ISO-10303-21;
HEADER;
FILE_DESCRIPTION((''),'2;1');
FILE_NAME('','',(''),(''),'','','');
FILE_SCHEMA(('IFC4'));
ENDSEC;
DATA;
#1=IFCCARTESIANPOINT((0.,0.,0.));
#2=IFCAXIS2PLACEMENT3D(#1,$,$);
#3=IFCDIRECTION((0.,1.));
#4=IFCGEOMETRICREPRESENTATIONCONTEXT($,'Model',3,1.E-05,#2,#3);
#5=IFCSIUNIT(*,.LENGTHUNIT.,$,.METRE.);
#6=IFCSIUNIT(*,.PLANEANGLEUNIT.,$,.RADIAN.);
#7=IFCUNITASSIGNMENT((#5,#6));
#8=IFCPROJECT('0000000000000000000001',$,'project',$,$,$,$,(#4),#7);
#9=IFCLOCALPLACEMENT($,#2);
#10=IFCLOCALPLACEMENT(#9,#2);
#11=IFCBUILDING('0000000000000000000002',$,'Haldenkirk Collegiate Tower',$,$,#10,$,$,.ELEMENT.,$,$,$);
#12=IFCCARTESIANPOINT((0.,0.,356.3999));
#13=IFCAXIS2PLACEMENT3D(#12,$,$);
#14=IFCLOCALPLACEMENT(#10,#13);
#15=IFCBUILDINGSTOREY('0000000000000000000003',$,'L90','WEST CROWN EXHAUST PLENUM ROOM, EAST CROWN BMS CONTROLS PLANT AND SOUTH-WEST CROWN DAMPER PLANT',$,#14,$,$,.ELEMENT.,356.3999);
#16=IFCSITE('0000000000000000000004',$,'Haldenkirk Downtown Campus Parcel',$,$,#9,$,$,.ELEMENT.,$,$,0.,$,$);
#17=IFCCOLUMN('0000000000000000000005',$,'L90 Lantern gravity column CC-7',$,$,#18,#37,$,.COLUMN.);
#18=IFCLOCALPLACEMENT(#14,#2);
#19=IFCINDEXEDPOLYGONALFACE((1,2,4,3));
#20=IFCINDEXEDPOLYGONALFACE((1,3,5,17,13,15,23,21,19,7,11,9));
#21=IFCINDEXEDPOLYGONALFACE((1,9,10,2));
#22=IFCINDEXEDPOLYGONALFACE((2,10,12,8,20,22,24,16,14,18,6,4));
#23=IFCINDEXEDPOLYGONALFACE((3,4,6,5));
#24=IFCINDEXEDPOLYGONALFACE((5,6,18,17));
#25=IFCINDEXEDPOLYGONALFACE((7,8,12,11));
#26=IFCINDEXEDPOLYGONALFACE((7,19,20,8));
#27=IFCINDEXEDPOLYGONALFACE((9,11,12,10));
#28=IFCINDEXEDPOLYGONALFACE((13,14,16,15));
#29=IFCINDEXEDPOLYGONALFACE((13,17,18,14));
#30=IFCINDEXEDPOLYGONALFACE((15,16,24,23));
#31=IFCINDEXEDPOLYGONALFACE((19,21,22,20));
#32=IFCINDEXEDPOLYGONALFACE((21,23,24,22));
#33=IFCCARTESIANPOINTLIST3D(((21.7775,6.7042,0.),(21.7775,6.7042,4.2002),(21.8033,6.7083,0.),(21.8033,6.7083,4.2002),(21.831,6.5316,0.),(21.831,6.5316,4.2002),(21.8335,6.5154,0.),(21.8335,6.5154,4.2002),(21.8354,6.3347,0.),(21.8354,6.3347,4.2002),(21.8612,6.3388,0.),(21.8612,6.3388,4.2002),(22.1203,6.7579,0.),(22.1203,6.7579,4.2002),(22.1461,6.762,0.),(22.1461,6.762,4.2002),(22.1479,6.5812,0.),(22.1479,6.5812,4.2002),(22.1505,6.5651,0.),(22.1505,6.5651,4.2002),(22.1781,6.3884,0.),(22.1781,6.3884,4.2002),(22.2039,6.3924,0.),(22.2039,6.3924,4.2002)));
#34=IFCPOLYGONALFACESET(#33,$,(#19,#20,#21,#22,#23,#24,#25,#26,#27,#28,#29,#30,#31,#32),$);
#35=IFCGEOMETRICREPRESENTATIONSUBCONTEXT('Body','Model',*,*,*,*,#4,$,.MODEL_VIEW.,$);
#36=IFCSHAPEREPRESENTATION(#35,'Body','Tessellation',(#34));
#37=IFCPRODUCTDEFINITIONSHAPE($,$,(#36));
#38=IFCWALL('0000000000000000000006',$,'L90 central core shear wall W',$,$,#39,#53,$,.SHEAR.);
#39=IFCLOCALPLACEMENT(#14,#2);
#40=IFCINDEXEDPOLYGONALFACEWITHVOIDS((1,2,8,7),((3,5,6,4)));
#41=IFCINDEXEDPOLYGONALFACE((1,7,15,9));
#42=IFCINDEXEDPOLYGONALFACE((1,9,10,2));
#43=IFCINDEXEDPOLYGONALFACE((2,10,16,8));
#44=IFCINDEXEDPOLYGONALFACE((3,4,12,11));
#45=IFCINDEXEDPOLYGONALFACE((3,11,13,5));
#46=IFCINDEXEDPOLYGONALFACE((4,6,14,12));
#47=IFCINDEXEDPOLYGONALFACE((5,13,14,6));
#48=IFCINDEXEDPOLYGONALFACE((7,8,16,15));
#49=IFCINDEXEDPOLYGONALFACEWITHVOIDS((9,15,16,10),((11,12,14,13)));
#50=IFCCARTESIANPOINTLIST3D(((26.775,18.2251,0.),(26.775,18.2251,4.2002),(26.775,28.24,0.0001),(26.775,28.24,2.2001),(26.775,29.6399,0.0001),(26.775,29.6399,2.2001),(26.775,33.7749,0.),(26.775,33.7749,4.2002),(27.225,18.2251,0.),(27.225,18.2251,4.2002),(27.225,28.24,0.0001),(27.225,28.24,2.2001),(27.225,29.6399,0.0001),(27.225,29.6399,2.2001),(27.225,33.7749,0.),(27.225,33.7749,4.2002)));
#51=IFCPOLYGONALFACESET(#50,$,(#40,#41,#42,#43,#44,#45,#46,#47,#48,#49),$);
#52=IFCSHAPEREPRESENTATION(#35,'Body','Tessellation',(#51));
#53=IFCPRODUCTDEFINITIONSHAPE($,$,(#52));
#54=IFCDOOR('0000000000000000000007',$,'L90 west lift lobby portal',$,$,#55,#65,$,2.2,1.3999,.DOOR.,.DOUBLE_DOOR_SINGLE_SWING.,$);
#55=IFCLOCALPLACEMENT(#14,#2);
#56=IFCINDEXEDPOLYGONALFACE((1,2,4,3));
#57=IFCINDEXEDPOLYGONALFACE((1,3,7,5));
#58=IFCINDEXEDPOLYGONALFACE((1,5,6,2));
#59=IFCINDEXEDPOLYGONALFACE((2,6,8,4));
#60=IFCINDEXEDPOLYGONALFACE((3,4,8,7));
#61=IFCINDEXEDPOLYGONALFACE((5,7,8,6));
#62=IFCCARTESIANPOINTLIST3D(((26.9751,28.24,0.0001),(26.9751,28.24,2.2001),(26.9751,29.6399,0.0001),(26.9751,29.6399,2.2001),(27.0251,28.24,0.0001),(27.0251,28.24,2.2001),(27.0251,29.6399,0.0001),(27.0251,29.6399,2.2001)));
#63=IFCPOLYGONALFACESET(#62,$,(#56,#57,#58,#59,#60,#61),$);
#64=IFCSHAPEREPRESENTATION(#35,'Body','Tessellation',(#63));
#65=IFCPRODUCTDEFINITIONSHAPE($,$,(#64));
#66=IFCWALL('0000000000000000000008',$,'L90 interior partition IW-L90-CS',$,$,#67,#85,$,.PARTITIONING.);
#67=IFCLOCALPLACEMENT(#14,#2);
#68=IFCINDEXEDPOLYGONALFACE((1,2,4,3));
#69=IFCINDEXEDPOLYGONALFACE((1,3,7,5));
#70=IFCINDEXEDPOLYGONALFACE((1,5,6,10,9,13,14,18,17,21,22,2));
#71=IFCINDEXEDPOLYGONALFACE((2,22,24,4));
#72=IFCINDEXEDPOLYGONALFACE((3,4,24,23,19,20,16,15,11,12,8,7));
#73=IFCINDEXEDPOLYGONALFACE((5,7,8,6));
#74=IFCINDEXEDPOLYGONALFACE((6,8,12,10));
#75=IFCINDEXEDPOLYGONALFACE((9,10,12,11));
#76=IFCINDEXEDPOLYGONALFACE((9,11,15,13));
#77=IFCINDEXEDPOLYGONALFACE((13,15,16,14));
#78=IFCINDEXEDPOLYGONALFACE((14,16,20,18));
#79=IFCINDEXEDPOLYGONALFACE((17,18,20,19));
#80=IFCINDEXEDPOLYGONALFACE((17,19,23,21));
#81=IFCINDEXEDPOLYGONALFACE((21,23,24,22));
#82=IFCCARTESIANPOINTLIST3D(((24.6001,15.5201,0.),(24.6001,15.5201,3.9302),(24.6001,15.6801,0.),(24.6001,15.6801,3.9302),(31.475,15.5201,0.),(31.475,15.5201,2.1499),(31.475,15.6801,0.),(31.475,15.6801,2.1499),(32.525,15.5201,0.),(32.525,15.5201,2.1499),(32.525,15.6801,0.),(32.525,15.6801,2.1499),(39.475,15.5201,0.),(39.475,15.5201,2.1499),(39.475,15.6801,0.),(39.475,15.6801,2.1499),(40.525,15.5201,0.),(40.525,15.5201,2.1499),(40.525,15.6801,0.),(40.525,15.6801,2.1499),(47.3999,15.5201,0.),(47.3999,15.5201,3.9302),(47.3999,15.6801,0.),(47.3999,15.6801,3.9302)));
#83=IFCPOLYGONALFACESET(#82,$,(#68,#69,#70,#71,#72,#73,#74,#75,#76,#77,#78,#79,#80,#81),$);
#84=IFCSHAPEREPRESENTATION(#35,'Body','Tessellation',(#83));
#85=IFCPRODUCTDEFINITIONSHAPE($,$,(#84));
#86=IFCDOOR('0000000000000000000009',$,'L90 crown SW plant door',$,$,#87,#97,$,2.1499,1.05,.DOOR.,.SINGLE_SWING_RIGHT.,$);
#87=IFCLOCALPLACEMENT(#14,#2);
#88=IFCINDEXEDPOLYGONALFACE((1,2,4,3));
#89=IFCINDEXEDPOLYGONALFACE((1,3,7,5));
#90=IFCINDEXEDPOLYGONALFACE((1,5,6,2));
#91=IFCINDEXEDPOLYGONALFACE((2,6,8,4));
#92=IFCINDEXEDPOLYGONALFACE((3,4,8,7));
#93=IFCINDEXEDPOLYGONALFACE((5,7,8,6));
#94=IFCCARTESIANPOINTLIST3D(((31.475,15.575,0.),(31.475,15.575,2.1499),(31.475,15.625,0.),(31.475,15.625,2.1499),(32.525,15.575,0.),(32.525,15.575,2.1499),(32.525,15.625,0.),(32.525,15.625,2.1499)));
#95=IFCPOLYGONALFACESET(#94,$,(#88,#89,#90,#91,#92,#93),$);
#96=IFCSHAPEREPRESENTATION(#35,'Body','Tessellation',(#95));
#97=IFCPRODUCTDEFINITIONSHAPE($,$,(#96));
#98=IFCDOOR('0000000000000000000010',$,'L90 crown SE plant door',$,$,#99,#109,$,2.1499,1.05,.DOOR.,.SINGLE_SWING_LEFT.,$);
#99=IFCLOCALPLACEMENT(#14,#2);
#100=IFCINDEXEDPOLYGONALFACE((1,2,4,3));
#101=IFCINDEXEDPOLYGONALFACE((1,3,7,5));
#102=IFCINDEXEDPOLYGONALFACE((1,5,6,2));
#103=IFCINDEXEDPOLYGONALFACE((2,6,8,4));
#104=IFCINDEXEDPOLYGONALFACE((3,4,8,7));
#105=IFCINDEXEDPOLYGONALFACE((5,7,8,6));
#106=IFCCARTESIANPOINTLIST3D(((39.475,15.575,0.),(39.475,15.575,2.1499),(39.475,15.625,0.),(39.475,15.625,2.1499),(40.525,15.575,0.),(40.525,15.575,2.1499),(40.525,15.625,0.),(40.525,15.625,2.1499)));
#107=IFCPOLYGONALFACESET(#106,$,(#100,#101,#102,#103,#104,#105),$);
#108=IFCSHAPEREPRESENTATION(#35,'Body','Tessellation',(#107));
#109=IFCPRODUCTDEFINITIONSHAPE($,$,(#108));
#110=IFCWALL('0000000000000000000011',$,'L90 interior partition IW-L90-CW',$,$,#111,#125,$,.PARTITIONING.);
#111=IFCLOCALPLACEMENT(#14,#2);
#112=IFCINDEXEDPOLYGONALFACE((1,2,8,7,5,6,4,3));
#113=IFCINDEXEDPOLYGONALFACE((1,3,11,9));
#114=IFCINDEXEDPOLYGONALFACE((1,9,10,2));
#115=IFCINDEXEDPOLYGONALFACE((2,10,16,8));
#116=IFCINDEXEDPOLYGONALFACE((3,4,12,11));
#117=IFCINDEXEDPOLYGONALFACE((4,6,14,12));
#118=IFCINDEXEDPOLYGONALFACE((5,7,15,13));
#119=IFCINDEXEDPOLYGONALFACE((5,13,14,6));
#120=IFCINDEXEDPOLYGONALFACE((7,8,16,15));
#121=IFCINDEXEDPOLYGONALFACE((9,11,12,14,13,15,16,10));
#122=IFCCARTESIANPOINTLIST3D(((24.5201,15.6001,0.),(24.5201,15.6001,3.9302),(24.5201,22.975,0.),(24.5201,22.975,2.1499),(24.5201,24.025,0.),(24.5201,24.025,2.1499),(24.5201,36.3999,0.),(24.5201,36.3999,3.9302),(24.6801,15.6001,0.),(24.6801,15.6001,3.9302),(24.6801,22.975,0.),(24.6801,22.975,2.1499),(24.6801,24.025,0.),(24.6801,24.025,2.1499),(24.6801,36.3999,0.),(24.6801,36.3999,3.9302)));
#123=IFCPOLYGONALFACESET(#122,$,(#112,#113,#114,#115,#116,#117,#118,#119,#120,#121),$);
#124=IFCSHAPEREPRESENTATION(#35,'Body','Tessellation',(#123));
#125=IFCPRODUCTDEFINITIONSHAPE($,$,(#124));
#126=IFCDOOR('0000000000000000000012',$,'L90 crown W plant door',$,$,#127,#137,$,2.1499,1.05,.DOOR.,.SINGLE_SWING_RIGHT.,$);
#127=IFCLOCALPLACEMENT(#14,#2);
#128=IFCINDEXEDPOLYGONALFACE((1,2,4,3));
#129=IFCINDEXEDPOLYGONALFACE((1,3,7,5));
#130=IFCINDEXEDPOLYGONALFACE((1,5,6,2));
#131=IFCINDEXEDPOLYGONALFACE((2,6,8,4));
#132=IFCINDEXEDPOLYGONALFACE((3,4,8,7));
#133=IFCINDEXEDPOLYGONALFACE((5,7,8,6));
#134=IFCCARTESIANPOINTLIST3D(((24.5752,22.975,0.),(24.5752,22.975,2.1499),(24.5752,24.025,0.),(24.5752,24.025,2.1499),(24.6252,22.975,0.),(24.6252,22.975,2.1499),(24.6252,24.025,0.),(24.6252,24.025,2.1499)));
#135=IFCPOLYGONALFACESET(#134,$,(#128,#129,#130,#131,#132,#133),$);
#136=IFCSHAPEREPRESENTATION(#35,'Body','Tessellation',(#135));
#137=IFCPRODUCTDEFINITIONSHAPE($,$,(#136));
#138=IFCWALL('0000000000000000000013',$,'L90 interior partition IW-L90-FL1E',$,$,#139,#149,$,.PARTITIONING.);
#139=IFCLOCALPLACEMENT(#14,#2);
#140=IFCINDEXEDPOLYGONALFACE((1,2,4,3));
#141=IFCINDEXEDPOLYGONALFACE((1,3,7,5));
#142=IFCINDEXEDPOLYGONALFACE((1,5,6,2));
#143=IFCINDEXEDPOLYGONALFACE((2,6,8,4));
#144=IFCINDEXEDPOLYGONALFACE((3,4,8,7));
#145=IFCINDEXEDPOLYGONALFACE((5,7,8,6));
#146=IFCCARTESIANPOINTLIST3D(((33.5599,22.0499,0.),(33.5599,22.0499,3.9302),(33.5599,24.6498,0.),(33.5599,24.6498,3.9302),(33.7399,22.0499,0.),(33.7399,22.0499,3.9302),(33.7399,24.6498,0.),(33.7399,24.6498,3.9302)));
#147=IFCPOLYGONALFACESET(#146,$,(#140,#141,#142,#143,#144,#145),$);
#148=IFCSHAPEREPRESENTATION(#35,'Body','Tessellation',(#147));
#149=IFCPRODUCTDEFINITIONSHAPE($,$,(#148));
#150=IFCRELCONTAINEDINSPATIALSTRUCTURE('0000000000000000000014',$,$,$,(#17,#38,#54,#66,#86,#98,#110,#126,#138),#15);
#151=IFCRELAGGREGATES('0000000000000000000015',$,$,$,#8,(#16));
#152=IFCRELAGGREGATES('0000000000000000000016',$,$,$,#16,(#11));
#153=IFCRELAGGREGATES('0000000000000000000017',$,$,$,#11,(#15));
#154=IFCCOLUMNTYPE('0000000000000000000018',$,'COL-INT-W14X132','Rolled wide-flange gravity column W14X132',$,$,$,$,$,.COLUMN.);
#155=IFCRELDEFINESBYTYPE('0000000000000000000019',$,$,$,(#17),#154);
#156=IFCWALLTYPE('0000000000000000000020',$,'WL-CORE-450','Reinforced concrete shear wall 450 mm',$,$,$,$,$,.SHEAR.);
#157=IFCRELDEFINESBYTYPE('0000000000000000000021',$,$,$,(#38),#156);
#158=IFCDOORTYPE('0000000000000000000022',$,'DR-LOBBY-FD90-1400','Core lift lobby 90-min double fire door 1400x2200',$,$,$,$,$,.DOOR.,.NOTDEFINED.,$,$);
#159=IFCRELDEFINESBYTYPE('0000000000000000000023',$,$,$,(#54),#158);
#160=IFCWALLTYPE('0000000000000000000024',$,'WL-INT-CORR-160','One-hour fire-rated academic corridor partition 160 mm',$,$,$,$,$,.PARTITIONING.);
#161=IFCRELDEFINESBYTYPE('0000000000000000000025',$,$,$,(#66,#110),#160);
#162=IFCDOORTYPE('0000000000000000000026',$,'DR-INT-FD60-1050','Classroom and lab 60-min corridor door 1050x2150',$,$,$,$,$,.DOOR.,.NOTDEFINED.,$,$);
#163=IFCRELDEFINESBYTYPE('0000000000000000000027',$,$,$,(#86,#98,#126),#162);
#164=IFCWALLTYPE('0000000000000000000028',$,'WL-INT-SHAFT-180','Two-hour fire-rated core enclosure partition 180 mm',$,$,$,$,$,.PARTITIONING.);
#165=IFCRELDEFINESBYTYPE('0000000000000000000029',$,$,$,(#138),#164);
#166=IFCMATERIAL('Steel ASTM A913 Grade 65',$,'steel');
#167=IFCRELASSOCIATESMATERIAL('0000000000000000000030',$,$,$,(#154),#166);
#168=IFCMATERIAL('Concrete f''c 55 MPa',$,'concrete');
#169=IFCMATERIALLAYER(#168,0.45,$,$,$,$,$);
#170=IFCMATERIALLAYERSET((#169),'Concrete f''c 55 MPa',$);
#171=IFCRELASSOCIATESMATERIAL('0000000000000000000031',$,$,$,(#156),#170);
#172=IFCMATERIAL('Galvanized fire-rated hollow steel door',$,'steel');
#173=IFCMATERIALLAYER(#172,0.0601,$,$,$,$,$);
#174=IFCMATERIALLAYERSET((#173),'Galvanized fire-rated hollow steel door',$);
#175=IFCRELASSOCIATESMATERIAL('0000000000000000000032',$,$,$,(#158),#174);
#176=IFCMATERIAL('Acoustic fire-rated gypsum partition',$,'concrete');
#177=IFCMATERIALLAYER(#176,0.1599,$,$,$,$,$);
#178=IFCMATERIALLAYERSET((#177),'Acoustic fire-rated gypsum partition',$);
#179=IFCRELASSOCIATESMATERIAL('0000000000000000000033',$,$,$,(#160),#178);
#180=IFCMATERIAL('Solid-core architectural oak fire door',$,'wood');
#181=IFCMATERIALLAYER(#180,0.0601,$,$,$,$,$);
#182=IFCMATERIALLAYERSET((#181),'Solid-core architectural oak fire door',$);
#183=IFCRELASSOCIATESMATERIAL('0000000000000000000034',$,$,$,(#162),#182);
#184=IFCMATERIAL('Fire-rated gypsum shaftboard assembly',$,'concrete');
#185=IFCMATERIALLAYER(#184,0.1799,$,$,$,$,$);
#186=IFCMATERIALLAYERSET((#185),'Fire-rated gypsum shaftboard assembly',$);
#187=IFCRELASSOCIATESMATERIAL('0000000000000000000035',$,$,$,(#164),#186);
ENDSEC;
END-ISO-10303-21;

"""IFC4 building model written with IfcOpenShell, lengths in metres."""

from ifc_helpers import new_model, si_unit, direction, frame, frame_2d, origin, origin_2d, place, context, subcontext, project, spatial, rectangle, i_section, extrude, material, layer, layer_set, material_profile, profile_set, type_object, element, fill, save


model = new_model("IFC4")

# Units and contexts
model_context = context("Model", 3, precision=1e-05, world=origin(), true_north=direction((0.0, 1.0)))
body_context = subcontext(model_context, "Body", "Model", "MODEL_VIEW")
ifc_project = project(units=[si_unit("LENGTHUNIT", "METRE"), si_unit("PLANEANGLEUNIT", "RADIAN")], contexts=[model_context])

# Site, building, storey
site_placement = place(None, origin())
site = spatial("IfcSite", under=ifc_project, at=site_placement, Name="Haldenkirk Downtown Campus Parcel", CompositionType="ELEMENT", RefElevation=0.0)
building_placement = place(site_placement, origin())
building = spatial("IfcBuilding", under=site, at=building_placement, Name="Haldenkirk Collegiate Tower", CompositionType="ELEMENT")
storey_placement = place(building_placement, frame((0.0, 0.0, 356.3999)))
storey = spatial("IfcBuildingStorey", under=building, at=storey_placement, Name="L90", Description="WEST CROWN EXHAUST PLENUM ROOM, EAST CROWN BMS CONTROLS PLANT AND SOUTH-WEST CROWN DAMPER PLANT", CompositionType="ELEMENT", Elevation=356.3999)

# Column
ifc_material_1 = material(Name="Steel ASTM A913 Grade 65", Category="steel")
ifc_material_profile = material_profile(ifc_material_1, i_section(OverallWidth=0.374, OverallDepth=0.373, WebThickness=0.0164, FlangeThickness=0.0261, at=origin_2d()), Name="W14X132")
ifc_profile_set = profile_set([ifc_material_profile], Name="Steel ASTM A913 Grade 65")
column_type = type_object("IfcColumnType", Name="COL-INT-W14X132", Description="Rolled wide-flange gravity column W14X132", PredefinedType="COLUMN", material=ifc_profile_set)
column_placement = place(storey_placement, frame((21.9907, 6.5483, 0.0), z_axis=(0.0, 0.0, 1.0), x_axis=(-0.15471, 0.98796, 0.0)))
element("IfcColumn", 1, at=column_placement, inside=storey, type_object=column_type, Name="L90 Lantern gravity column CC-7", PredefinedType="COLUMN", context=body_context, shape_type="SweptSolid", body=[
    extrude(i_section(OverallWidth=0.374, OverallDepth=0.373, WebThickness=0.0164, FlangeThickness=0.0261, at=origin_2d()), origin(), (0.0, 0.0, 1.0), 4.2002),
])

# Shared definitions
ifc_material_2 = material(Name="Concrete f'c 55 MPa", Category="concrete")
ifc_layer_1 = layer(ifc_material_2, 0.45)
ifc_layer_set_1 = layer_set([ifc_layer_1], Name="Concrete f'c 55 MPa")
wall_type_1 = type_object("IfcWallType", Name="WL-CORE-450", Description="Reinforced concrete shear wall 450 mm", PredefinedType="SHEAR", material=ifc_layer_set_1)
ifc_material_3 = material(Name="Galvanized fire-rated hollow steel door", Category="steel")

# Wall, opening, door
wall_1_placement = place(storey_placement, frame((27.0, 18.2251, 0.0), z_axis=(0.0, 0.0, 1.0), x_axis=(0.0, 1.0, 0.0)))
wall_1 = element("IfcWall", 2, at=wall_1_placement, inside=storey, type_object=wall_type_1, Name="L90 central core shear wall W", PredefinedType="SHEAR", context=body_context, shape_type="SweptSolid", body=[
    extrude(rectangle(XDim=15.5498, YDim=0.45, at=frame_2d((7.7749, 0.0))), origin(), (0.0, 0.0, 1.0), 4.2002),
])
opening_1_placement = place(wall_1_placement, frame((10.0149, 0.0, 0.0)))
opening_1 = element("IfcOpeningElement", 3, at=opening_1_placement, cuts=wall_1, PredefinedType="OPENING", context=body_context, shape_type="SweptSolid", body=[
    extrude(rectangle(XDim=1.3999, YDim=2.2, at=frame_2d((0.7, 1.1001))), frame((0.0, 0.2349, 0.0), z_axis=(0.0, -1.0, 0.0), x_axis=(1.0, 0.0, 0.0)), (0.0, 0.0, 1.0), 0.47),
])
ifc_layer_2 = layer(ifc_material_3, 0.0601)
ifc_layer_set_2 = layer_set([ifc_layer_2], Name="Galvanized fire-rated hollow steel door")
door_type_1 = type_object("IfcDoorType", Name="DR-LOBBY-FD90-1400", Description="Core lift lobby 90-min double fire door 1400x2200", OperationType="NOTDEFINED", PredefinedType="DOOR", material=ifc_layer_set_2)
door_1_placement = place(opening_1_placement, origin())
door_1 = element("IfcDoor", 4, at=door_1_placement, inside=storey, type_object=door_type_1, Name="L90 west lift lobby portal", OperationType="DOUBLE_DOOR_SINGLE_SWING", OverallHeight=2.2, OverallWidth=1.3999, PredefinedType="DOOR", context=body_context, shape_type="SweptSolid", body=[
    extrude(rectangle(XDim=1.3999, YDim=2.2, at=frame_2d((0.7, 1.1001))), frame((0.0, 0.0249, 0.0), z_axis=(0.0, -1.0, 0.0), x_axis=(1.0, 0.0, 0.0)), (0.0, 0.0, 1.0), 0.05),
])
fill(opening_1, door_1)

# Wall, openings, doors
ifc_material_4 = material(Name="Acoustic fire-rated gypsum partition", Category="concrete")
ifc_layer_3 = layer(ifc_material_4, 0.1599)
ifc_layer_set_3 = layer_set([ifc_layer_3], Name="Acoustic fire-rated gypsum partition")
wall_type_2 = type_object("IfcWallType", Name="WL-INT-CORR-160", Description="One-hour fire-rated academic corridor partition 160 mm", PredefinedType="PARTITIONING", material=ifc_layer_set_3)
wall_2_placement = place(storey_placement, frame((24.6001, 15.6001, 0.0), z_axis=(0.0, 0.0, 1.0), x_axis=(1.0, 0.0, 0.0)))
wall_2 = element("IfcWall", 5, at=wall_2_placement, inside=storey, type_object=wall_type_2, Name="L90 interior partition IW-L90-CS", PredefinedType="PARTITIONING", context=body_context, shape_type="SweptSolid", body=[
    extrude(rectangle(XDim=22.7998, YDim=0.1599, at=frame_2d((11.3999, 0.0))), origin(), (0.0, 0.0, 1.0), 3.9302),
])
opening_2_placement = place(wall_2_placement, frame((6.875, 0.0, 0.0)))
opening_2 = element("IfcOpeningElement", 6, at=opening_2_placement, cuts=wall_2, PredefinedType="OPENING", context=body_context, shape_type="SweptSolid", body=[
    extrude(rectangle(XDim=1.05, YDim=2.1499, at=frame_2d((0.5249, 1.075))), frame((0.0, 0.0898, 0.0), z_axis=(0.0, -1.0, 0.0), x_axis=(1.0, 0.0, 0.0)), (0.0, 0.0, 1.0), 0.1799),
])
opening_3_placement = place(wall_2_placement, frame((14.875, 0.0, 0.0)))
opening_3 = element("IfcOpeningElement", 7, at=opening_3_placement, cuts=wall_2, PredefinedType="OPENING", context=body_context, shape_type="SweptSolid", body=[
    extrude(rectangle(XDim=1.05, YDim=2.1499, at=frame_2d((0.5249, 1.075))), frame((0.0, 0.0898, 0.0), z_axis=(0.0, -1.0, 0.0), x_axis=(1.0, 0.0, 0.0)), (0.0, 0.0, 1.0), 0.1799),
])
ifc_material_5 = material(Name="Solid-core architectural oak fire door", Category="wood")
ifc_layer_4 = layer(ifc_material_5, 0.0601)
ifc_layer_set_4 = layer_set([ifc_layer_4], Name="Solid-core architectural oak fire door")
door_type_2 = type_object("IfcDoorType", Name="DR-INT-FD60-1050", Description="Classroom and lab 60-min corridor door 1050x2150", OperationType="NOTDEFINED", PredefinedType="DOOR", material=ifc_layer_set_4)
door_2_placement = place(opening_2_placement, origin())
door_2 = element("IfcDoor", 8, at=door_2_placement, inside=storey, type_object=door_type_2, Name="L90 crown SW plant door", OperationType="SINGLE_SWING_RIGHT", OverallHeight=2.1499, OverallWidth=1.05, PredefinedType="DOOR", context=body_context, shape_type="SweptSolid", body=[
    extrude(rectangle(XDim=1.05, YDim=2.1499, at=frame_2d((0.5249, 1.075))), frame((0.0, 0.0249, 0.0), z_axis=(0.0, -1.0, 0.0), x_axis=(1.0, 0.0, 0.0)), (0.0, 0.0, 1.0), 0.05),
])
fill(opening_2, door_2)
door_3_placement = place(opening_3_placement, origin())
door_3 = element("IfcDoor", 9, at=door_3_placement, inside=storey, type_object=door_type_2, Name="L90 crown SE plant door", OperationType="SINGLE_SWING_LEFT", OverallHeight=2.1499, OverallWidth=1.05, PredefinedType="DOOR", context=body_context, shape_type="SweptSolid", body=[
    extrude(rectangle(XDim=1.05, YDim=2.1499, at=frame_2d((0.5249, 1.075))), frame((0.0, 0.0249, 0.0), z_axis=(0.0, -1.0, 0.0), x_axis=(1.0, 0.0, 0.0)), (0.0, 0.0, 1.0), 0.05),
])
fill(opening_3, door_3)

# Wall, opening, door
wall_3_placement = place(storey_placement, frame((24.6001, 15.6001, 0.0), z_axis=(0.0, 0.0, 1.0), x_axis=(0.0, 1.0, 0.0)))
wall_3 = element("IfcWall", 10, at=wall_3_placement, inside=storey, type_object=wall_type_2, Name="L90 interior partition IW-L90-CW", PredefinedType="PARTITIONING", context=body_context, shape_type="SweptSolid", body=[
    extrude(rectangle(XDim=20.7998, YDim=0.1599, at=frame_2d((10.3999, 0.0))), origin(), (0.0, 0.0, 1.0), 3.9302),
])
opening_4_placement = place(wall_3_placement, frame((7.375, 0.0, 0.0)))
opening_4 = element("IfcOpeningElement", 11, at=opening_4_placement, cuts=wall_3, PredefinedType="OPENING", context=body_context, shape_type="SweptSolid", body=[
    extrude(rectangle(XDim=1.05, YDim=2.1499, at=frame_2d((0.5249, 1.075))), frame((0.0, 0.0898, 0.0), z_axis=(0.0, -1.0, 0.0), x_axis=(1.0, 0.0, 0.0)), (0.0, 0.0, 1.0), 0.1799),
])
door_4_placement = place(opening_4_placement, origin())
door_4 = element("IfcDoor", 12, at=door_4_placement, inside=storey, type_object=door_type_2, Name="L90 crown W plant door", OperationType="SINGLE_SWING_RIGHT", OverallHeight=2.1499, OverallWidth=1.05, PredefinedType="DOOR", context=body_context, shape_type="SweptSolid", body=[
    extrude(rectangle(XDim=1.05, YDim=2.1499, at=frame_2d((0.5249, 1.075))), frame((0.0, 0.0249, 0.0), z_axis=(0.0, -1.0, 0.0), x_axis=(1.0, 0.0, 0.0)), (0.0, 0.0, 1.0), 0.05),
])
fill(opening_4, door_4)

# Wall
ifc_material_6 = material(Name="Fire-rated gypsum shaftboard assembly", Category="concrete")
ifc_layer_5 = layer(ifc_material_6, 0.1799)
ifc_layer_set_5 = layer_set([ifc_layer_5], Name="Fire-rated gypsum shaftboard assembly")
wall_type_3 = type_object("IfcWallType", Name="WL-INT-SHAFT-180", Description="Two-hour fire-rated core enclosure partition 180 mm", PredefinedType="PARTITIONING", material=ifc_layer_set_5)
wall_4_placement = place(storey_placement, frame((33.6499, 22.05, 0.0), z_axis=(0.0, 0.0, 1.0), x_axis=(0.0, 1.0, 0.0)))
element("IfcWall", 13, at=wall_4_placement, inside=storey, type_object=wall_type_3, Name="L90 interior partition IW-L90-FL1E", PredefinedType="PARTITIONING", context=body_context, shape_type="SweptSolid", body=[
    extrude(rectangle(XDim=2.5999, YDim=0.1799, at=frame_2d((1.2998, 0.0))), origin(), (0.0, 0.0, 1.0), 3.9302),
])

save(model, "model.ifc")
